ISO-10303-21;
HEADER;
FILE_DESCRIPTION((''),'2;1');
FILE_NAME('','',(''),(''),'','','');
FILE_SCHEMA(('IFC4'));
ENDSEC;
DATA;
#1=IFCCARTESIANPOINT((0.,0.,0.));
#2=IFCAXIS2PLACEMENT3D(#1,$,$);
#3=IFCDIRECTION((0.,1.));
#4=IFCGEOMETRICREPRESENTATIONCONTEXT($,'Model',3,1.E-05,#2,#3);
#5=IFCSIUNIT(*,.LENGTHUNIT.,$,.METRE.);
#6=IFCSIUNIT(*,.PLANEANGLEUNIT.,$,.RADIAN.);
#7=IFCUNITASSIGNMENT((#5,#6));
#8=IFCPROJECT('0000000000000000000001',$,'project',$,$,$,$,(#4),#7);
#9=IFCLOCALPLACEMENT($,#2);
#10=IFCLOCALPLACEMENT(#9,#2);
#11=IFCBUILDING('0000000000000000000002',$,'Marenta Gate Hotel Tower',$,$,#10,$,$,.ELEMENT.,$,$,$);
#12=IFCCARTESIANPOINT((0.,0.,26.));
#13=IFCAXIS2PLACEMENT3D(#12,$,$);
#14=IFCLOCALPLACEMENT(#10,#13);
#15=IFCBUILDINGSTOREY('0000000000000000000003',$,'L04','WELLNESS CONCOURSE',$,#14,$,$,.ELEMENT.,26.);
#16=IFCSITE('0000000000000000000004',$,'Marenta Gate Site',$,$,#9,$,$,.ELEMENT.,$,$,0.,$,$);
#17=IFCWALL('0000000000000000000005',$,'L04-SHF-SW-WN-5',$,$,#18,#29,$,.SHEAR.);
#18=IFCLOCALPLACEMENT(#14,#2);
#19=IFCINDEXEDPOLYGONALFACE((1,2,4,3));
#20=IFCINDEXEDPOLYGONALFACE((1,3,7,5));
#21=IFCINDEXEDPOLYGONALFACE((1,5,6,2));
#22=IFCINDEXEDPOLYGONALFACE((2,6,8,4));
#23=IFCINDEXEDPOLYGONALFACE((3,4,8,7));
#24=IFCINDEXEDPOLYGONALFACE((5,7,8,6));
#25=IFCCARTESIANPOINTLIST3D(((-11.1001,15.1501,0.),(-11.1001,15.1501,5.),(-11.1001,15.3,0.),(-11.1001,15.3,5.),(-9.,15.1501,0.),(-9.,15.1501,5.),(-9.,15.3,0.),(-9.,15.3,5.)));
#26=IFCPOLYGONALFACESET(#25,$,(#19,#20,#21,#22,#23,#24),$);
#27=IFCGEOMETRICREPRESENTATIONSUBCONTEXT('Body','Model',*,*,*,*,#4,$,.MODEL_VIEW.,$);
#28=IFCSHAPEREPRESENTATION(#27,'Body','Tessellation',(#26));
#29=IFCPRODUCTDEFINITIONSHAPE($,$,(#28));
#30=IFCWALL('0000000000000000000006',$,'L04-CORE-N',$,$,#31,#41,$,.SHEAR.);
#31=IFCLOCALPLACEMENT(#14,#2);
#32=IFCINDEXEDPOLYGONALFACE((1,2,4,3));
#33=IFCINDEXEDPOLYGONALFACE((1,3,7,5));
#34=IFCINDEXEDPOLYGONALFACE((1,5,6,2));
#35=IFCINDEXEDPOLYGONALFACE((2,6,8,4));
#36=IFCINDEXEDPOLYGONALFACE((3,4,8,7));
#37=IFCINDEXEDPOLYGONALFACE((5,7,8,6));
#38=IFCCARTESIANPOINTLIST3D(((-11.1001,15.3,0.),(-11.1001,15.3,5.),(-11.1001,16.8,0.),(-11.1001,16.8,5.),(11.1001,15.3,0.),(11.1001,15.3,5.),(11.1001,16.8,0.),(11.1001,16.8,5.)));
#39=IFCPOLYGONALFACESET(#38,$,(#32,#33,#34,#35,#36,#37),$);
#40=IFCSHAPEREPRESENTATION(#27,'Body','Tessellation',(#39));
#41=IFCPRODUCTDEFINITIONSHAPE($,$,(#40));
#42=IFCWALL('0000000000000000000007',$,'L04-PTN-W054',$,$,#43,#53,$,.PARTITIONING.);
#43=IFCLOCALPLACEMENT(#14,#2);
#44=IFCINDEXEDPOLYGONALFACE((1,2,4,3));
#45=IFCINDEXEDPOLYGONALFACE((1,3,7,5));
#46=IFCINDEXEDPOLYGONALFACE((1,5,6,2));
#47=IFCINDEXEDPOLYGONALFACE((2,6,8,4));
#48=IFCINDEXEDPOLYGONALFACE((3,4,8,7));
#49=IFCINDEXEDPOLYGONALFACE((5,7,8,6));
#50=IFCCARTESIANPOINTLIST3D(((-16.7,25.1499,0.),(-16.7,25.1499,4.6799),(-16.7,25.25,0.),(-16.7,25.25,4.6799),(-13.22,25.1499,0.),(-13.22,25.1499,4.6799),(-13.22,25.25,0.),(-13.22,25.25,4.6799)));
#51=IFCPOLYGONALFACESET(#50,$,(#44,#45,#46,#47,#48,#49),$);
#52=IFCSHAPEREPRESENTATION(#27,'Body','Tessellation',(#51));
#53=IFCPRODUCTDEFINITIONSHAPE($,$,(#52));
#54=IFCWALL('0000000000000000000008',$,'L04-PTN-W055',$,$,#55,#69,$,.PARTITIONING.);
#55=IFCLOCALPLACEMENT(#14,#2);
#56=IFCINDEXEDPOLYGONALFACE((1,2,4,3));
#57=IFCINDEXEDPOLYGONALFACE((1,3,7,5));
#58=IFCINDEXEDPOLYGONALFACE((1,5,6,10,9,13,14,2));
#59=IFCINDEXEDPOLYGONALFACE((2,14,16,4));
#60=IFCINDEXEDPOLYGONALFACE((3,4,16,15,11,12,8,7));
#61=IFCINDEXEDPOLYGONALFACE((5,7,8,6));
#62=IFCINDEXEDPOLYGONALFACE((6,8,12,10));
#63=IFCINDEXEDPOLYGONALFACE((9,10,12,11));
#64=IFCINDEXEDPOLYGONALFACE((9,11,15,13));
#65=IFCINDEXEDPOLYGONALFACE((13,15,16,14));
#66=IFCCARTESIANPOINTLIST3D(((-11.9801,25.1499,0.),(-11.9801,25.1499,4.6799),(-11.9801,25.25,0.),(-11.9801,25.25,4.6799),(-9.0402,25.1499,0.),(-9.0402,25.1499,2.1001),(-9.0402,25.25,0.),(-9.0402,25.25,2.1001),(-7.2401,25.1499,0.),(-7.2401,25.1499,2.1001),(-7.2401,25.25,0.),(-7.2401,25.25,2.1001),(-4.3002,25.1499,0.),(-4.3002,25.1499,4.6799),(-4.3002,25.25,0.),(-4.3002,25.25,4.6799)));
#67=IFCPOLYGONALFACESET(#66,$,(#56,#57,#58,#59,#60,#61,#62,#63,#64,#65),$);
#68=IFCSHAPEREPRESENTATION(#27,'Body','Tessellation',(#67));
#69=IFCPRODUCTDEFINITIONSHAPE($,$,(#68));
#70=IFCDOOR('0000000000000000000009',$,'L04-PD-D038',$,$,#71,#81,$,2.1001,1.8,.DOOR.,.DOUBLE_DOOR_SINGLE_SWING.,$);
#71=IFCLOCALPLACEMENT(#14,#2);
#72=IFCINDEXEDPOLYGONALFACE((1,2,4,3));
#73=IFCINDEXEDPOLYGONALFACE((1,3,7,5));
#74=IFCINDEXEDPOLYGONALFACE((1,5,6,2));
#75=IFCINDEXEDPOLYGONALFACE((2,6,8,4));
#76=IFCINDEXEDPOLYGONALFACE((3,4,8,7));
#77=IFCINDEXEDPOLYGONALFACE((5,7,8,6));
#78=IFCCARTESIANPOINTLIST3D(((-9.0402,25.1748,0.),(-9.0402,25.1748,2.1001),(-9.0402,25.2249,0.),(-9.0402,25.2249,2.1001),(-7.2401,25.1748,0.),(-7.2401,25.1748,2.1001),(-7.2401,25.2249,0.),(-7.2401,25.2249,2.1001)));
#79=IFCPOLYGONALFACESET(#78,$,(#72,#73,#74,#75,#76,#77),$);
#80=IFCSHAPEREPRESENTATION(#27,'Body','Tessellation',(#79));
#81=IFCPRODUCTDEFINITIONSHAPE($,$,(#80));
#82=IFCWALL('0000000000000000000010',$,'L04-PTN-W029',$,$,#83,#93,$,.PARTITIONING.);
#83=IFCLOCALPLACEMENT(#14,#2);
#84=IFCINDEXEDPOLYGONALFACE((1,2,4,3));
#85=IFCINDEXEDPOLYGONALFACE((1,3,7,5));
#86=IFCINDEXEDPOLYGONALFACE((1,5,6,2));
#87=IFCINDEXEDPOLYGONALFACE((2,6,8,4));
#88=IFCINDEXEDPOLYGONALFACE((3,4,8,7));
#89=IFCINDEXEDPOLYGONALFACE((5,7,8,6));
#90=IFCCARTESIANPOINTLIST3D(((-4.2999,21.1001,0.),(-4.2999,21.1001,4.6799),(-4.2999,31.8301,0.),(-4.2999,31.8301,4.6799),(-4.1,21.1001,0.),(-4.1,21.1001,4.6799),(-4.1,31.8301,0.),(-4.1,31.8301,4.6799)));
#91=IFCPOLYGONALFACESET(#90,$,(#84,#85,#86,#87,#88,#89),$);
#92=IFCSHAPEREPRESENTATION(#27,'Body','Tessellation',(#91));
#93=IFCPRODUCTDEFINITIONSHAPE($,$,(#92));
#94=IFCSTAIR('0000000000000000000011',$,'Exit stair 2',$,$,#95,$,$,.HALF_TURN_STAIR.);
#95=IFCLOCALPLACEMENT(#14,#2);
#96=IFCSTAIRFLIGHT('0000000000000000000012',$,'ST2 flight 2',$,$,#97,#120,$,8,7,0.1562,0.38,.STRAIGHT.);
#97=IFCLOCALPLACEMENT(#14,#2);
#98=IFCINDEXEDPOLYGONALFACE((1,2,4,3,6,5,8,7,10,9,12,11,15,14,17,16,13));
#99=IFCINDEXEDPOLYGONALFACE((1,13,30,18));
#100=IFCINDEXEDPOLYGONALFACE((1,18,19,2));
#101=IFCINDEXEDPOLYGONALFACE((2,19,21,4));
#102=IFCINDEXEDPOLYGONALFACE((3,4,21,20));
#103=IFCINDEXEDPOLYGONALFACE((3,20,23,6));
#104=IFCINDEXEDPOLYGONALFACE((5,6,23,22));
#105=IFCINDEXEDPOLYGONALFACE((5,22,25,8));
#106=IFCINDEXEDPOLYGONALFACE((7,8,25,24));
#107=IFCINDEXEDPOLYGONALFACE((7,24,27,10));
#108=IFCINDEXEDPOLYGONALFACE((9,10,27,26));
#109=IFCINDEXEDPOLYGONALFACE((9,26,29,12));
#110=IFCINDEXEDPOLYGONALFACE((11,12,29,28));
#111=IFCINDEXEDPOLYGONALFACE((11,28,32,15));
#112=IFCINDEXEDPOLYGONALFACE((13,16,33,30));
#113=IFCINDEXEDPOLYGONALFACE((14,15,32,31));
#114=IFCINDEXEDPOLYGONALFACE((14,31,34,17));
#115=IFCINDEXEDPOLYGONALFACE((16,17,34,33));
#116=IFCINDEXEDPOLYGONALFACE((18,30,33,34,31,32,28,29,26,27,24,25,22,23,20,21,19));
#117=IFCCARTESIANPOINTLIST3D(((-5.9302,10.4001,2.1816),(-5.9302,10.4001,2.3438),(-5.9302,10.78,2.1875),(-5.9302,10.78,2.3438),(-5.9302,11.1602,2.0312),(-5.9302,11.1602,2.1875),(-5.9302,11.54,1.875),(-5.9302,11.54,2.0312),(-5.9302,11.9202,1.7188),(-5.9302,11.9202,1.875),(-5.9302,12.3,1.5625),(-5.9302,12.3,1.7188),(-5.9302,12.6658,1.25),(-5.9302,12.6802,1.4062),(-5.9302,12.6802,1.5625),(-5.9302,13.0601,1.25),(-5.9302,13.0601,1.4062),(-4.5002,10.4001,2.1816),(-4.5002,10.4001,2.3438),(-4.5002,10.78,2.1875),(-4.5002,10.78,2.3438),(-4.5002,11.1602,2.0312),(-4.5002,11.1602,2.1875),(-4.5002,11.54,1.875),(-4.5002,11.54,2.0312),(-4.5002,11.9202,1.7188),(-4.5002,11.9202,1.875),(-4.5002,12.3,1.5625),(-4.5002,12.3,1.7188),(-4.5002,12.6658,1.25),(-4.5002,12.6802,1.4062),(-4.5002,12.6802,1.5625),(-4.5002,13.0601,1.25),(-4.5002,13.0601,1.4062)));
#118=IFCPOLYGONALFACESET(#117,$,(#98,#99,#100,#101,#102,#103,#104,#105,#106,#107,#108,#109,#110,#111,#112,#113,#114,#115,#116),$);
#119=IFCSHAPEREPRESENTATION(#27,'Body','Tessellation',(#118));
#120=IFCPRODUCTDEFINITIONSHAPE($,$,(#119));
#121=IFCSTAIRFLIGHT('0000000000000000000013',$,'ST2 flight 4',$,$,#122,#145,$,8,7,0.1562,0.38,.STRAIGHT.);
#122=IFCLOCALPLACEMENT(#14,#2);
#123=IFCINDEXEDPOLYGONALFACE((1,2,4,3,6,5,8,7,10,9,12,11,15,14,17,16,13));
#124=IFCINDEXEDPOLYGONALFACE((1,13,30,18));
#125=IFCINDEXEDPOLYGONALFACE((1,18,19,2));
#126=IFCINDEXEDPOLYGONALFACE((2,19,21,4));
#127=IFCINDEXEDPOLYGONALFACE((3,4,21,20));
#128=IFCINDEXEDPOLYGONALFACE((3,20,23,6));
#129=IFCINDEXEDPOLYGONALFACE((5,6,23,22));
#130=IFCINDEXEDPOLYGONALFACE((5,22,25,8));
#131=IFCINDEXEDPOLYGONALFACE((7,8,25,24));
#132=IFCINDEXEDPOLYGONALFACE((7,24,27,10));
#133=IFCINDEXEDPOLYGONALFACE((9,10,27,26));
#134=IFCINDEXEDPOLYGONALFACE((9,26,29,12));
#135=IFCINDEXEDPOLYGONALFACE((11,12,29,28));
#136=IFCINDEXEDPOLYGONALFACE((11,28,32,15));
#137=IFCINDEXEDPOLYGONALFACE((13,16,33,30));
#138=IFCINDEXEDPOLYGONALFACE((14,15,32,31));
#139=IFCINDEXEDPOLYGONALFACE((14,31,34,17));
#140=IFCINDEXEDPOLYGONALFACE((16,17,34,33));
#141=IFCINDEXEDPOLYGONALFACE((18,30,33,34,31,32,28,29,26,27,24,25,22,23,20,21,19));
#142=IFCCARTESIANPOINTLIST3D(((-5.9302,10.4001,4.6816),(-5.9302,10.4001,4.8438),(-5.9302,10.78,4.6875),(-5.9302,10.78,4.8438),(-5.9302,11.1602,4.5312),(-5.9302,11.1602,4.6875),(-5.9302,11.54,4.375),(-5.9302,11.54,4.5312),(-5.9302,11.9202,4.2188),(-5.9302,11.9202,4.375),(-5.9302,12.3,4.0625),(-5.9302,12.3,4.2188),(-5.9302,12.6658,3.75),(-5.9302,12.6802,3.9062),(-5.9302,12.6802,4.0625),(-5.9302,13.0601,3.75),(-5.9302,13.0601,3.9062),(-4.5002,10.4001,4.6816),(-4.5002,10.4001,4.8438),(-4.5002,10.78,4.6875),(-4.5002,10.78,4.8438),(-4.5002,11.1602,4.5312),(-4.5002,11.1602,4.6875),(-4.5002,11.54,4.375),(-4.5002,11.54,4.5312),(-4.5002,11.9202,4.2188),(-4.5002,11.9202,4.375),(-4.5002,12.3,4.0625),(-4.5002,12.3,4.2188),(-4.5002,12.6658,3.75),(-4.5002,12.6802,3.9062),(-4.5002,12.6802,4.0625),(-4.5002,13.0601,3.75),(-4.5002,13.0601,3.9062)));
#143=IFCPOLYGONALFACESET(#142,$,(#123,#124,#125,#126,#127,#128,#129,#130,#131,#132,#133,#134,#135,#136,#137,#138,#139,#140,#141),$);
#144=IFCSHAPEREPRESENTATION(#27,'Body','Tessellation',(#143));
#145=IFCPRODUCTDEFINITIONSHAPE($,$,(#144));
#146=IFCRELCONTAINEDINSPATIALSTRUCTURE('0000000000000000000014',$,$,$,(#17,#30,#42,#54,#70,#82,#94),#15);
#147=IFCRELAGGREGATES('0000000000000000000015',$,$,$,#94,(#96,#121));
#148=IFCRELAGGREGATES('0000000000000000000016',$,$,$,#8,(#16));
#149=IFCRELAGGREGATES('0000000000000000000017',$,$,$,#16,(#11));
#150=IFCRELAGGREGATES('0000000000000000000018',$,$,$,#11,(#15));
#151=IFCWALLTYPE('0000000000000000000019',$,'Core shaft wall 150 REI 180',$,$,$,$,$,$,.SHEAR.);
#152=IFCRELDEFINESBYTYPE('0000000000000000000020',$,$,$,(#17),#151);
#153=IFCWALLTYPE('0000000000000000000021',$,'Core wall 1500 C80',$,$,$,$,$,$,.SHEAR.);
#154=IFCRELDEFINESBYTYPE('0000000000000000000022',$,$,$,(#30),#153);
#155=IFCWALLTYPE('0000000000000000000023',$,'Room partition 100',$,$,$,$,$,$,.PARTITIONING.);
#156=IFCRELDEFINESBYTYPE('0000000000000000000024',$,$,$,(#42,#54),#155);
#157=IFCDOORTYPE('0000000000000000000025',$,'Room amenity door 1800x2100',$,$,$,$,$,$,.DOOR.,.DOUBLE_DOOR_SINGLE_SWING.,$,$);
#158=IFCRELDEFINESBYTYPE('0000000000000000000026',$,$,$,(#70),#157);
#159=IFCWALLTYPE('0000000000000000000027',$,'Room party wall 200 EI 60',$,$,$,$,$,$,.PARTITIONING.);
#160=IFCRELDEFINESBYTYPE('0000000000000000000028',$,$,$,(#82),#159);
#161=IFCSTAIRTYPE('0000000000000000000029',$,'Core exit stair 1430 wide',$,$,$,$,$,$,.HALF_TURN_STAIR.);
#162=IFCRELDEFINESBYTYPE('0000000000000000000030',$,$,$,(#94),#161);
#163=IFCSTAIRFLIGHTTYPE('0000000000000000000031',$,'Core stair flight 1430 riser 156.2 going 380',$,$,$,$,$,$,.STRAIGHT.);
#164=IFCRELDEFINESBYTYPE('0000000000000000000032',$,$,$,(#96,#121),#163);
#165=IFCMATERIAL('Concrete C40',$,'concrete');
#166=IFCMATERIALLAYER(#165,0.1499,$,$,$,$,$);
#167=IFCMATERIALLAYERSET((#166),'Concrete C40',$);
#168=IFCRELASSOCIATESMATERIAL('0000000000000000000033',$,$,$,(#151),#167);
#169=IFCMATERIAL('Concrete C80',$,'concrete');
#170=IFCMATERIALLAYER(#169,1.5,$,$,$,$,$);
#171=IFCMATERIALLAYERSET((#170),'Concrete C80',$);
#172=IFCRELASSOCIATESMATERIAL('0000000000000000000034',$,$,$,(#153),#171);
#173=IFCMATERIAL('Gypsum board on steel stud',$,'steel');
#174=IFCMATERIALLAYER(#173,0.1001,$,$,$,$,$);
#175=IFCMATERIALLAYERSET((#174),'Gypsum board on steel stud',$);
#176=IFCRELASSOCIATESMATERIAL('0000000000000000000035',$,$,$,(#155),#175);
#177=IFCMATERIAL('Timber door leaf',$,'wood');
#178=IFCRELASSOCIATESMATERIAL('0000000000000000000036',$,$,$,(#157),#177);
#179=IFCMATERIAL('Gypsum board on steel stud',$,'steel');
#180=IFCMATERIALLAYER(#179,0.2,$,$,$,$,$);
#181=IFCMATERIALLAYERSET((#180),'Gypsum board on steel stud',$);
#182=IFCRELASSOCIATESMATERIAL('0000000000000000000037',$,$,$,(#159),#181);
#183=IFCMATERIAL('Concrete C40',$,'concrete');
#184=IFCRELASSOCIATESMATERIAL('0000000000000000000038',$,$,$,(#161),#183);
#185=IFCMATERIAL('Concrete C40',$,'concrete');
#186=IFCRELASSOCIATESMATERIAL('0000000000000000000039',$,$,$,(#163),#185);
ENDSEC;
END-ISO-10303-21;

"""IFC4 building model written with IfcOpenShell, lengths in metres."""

from ifc_helpers import new_model, si_unit, direction, frame, frame_2d, origin, place, context, subcontext, project, spatial, polyline, rectangle, outline, extrude, material, layer, layer_set, type_object, element, fill, aggregate, save


model = new_model("IFC4")

# Units and contexts
model_context = context("Model", 3, precision=1e-05, world=origin(), true_north=direction((0.0, 1.0)))
body_context = subcontext(model_context, "Body", "Model", "MODEL_VIEW")
ifc_project = project(units=[si_unit("LENGTHUNIT", "METRE"), si_unit("PLANEANGLEUNIT", "RADIAN")], contexts=[model_context])

# Site, building, storey
site_placement = place(None, origin())
site = spatial("IfcSite", under=ifc_project, at=site_placement, Name="Marenta Gate Site", CompositionType="ELEMENT", RefElevation=0.0)
building_placement = place(site_placement, origin())
building = spatial("IfcBuilding", under=site, at=building_placement, Name="Marenta Gate Hotel Tower", CompositionType="ELEMENT")
storey_placement = place(building_placement, frame((0.0, 0.0, 26.0)))
storey = spatial("IfcBuildingStorey", under=building, at=storey_placement, Name="L04", Description="WELLNESS CONCOURSE", CompositionType="ELEMENT", Elevation=26.0)

# Walls
ifc_material_1 = material(Name="Concrete C40", Category="concrete")
ifc_layer_1 = layer(ifc_material_1, 0.1499)
ifc_layer_set_1 = layer_set([ifc_layer_1], Name="Concrete C40")
wall_type_1 = type_object("IfcWallType", Name="Core shaft wall 150 REI 180", PredefinedType="SHEAR", material=ifc_layer_set_1)
wall_1_placement = place(storey_placement, frame((-11.1001, 15.2251, 0.0), z_axis=(0.0, 0.0, 1.0), x_axis=(1.0, 0.0, 0.0)))
element("IfcWall", 1, at=wall_1_placement, inside=storey, type_object=wall_type_1, Name="L04-SHF-SW-WN-5", PredefinedType="SHEAR", context=body_context, shape_type="SweptSolid", body=[
    extrude(rectangle(XDim=2.1001, YDim=0.1499, at=frame_2d((1.05, 0.0))), origin(), (0.0, 0.0, 1.0), 5.0),
])
ifc_material_2 = material(Name="Concrete C80", Category="concrete")
ifc_layer_2 = layer(ifc_material_2, 1.5)
ifc_layer_set_2 = layer_set([ifc_layer_2], Name="Concrete C80")
wall_type_2 = type_object("IfcWallType", Name="Core wall 1500 C80", PredefinedType="SHEAR", material=ifc_layer_set_2)
wall_2_placement = place(storey_placement, frame((-11.1001, 16.05, 0.0), z_axis=(0.0, 0.0, 1.0), x_axis=(1.0, 0.0, 0.0)))
element("IfcWall", 2, at=wall_2_placement, inside=storey, type_object=wall_type_2, Name="L04-CORE-N", PredefinedType="SHEAR", context=body_context, shape_type="SweptSolid", body=[
    extrude(rectangle(XDim=22.2002, YDim=1.5, at=frame_2d((11.1001, 0.0))), origin(), (0.0, 0.0, 1.0), 5.0),
])

# Wall
ifc_material_3 = material(Name="Gypsum board on steel stud", Category="steel")
ifc_layer_3 = layer(ifc_material_3, 0.1001)
ifc_layer_set_3 = layer_set([ifc_layer_3], Name="Gypsum board on steel stud")
wall_type_3 = type_object("IfcWallType", Name="Room partition 100", PredefinedType="PARTITIONING", material=ifc_layer_set_3)
wall_3_placement = place(storey_placement, frame((-16.7, 25.2, 0.0), z_axis=(0.0, 0.0, 1.0), x_axis=(1.0, 0.0, 0.0)))
element("IfcWall", 3, at=wall_3_placement, inside=storey, type_object=wall_type_3, Name="L04-PTN-W054", PredefinedType="PARTITIONING", context=body_context, shape_type="SweptSolid", body=[
    extrude(rectangle(XDim=3.48, YDim=0.1001, at=frame_2d((1.74, 0.0))), origin(), (0.0, 0.0, 1.0), 4.6799),
])

# Wall, opening, door
wall_4_placement = place(storey_placement, frame((-11.98, 25.2, 0.0), z_axis=(0.0, 0.0, 1.0), x_axis=(1.0, 0.0, 0.0)))
wall_4 = element("IfcWall", 4, at=wall_4_placement, inside=storey, type_object=wall_type_3, Name="L04-PTN-W055", PredefinedType="PARTITIONING", context=body_context, shape_type="SweptSolid", body=[
    extrude(rectangle(XDim=7.6799, YDim=0.1001, at=frame_2d((3.8398, 0.0))), origin(), (0.0, 0.0, 1.0), 4.6799),
])
opening_1_placement = place(wall_4_placement, frame((2.9399, 0.0, 0.0)))
opening_1 = element("IfcOpeningElement", 5, at=opening_1_placement, cuts=wall_4, PredefinedType="OPENING", context=body_context, shape_type="SweptSolid", body=[
    extrude(rectangle(XDim=1.8, YDim=2.1001, at=frame_2d((0.8999, 1.05))), frame((0.0, 0.05, 0.0), z_axis=(0.0, -1.0, 0.0), x_axis=(1.0, 0.0, 0.0)), (0.0, 0.0, 1.0), 0.1001),
])
ifc_material_4 = material(Name="Timber door leaf", Category="wood")
door_type_1 = type_object("IfcDoorType", Name="Room amenity door 1800x2100", OperationType="DOUBLE_DOOR_SINGLE_SWING", PredefinedType="DOOR", material=ifc_material_4)
door_1_placement = place(opening_1_placement, origin())
door_1 = element("IfcDoor", 6, at=door_1_placement, inside=storey, type_object=door_type_1, Name="L04-PD-D038", OperationType="DOUBLE_DOOR_SINGLE_SWING", OverallHeight=2.1001, OverallWidth=1.8, PredefinedType="DOOR", context=body_context, shape_type="SweptSolid", body=[
    extrude(rectangle(XDim=1.8, YDim=2.1001, at=frame_2d((0.8999, 1.05))), frame((0.0, 0.0249, 0.0), z_axis=(0.0, -1.0, 0.0), x_axis=(1.0, 0.0, 0.0)), (0.0, 0.0, 1.0), 0.05),
])
fill(opening_1, door_1)

# Wall
ifc_material_5 = material(Name="Gypsum board on steel stud", Category="steel")
ifc_layer_4 = layer(ifc_material_5, 0.2)
ifc_layer_set_4 = layer_set([ifc_layer_4], Name="Gypsum board on steel stud")
wall_type_4 = type_object("IfcWallType", Name="Room party wall 200 EI 60", PredefinedType="PARTITIONING", material=ifc_layer_set_4)
wall_5_placement = place(storey_placement, frame((-4.2, 21.1001, 0.0), z_axis=(0.0, 0.0, 1.0), x_axis=(0.0, 1.0, 0.0)))
element("IfcWall", 7, at=wall_5_placement, inside=storey, type_object=wall_type_4, Name="L04-PTN-W029", PredefinedType="PARTITIONING", context=body_context, shape_type="SweptSolid", body=[
    extrude(rectangle(XDim=10.73, YDim=0.2, at=frame_2d((5.365, 0.0))), origin(), (0.0, 0.0, 1.0), 4.6799),
])

# Stair, stair flights
ifc_material_6 = material(Name="Concrete C40", Category="concrete")
stair_type = type_object("IfcStairType", Name="Core exit stair 1430 wide", PredefinedType="HALF_TURN_STAIR", material=ifc_material_6)
stair_placement = place(storey_placement, origin())
stair = element("IfcStair", 8, at=stair_placement, inside=storey, type_object=stair_type, Name="Exit stair 2", PredefinedType="HALF_TURN_STAIR")
ifc_material_7 = material(Name="Concrete C40", Category="concrete")
stair_flight_type = type_object("IfcStairFlightType", Name="Core stair flight 1430 riser 156.2 going 380", PredefinedType="STRAIGHT", material=ifc_material_7)
stair_flight_1_placement = place(storey_placement, frame((-5.2151, 13.0601, 1.25), z_axis=(0.0, 0.0, 1.0), x_axis=(0.0, -1.0, 0.0)))
stair_flight_1 = element("IfcStairFlight", 9, at=stair_flight_1_placement, type_object=stair_flight_type, Name="ST2 flight 2", NumberOfRisers=8, NumberOfTreads=7, PredefinedType="STRAIGHT", RiserHeight=0.1562, TreadLength=0.38, context=body_context, shape_type="SweptSolid", body=[
    extrude(outline(polyline([(0.0, 0.0), (0.0, 0.1562), (0.3799, 0.1562), (0.3799, 0.3125), (0.76, 0.3125), (0.76, 0.4688), (1.1399, 0.4688), (1.1399, 0.625), (1.52, 0.625), (1.52, 0.7812), (1.8999, 0.7812), (1.8999, 0.9375), (2.28, 0.9375), (2.28, 1.0938), (2.6599, 1.0938), (2.6599, 1.25), (2.6599, 0.9316), (0.3943, 0.0), (0.0, 0.0)])), frame((0.0, 0.7148, 0.0), z_axis=(0.0, -1.0, 0.0), x_axis=(1.0, 0.0, 0.0)), (0.0, 0.0, 1.0), 1.4299),
])
stair_flight_2_placement = place(storey_placement, frame((-5.2151, 13.0601, 3.75), z_axis=(0.0, 0.0, 1.0), x_axis=(0.0, -1.0, 0.0)))
stair_flight_2 = element("IfcStairFlight", 10, at=stair_flight_2_placement, type_object=stair_flight_type, Name="ST2 flight 4", NumberOfRisers=8, NumberOfTreads=7, PredefinedType="STRAIGHT", RiserHeight=0.1562, TreadLength=0.38, context=body_context, shape_type="SweptSolid", body=[
    extrude(outline(polyline([(0.0, 0.0), (0.0, 0.1562), (0.3799, 0.1562), (0.3799, 0.3125), (0.76, 0.3125), (0.76, 0.4688), (1.1399, 0.4688), (1.1399, 0.625), (1.52, 0.625), (1.52, 0.7812), (1.8999, 0.7812), (1.8999, 0.9375), (2.28, 0.9375), (2.28, 1.0938), (2.6599, 1.0938), (2.6599, 1.25), (2.6599, 0.9316), (0.3943, 0.0), (0.0, 0.0)])), frame((0.0, 0.7148, 0.0), z_axis=(0.0, -1.0, 0.0), x_axis=(1.0, 0.0, 0.0)), (0.0, 0.0, 1.0), 1.4299),
])
aggregate(stair, [stair_flight_1, stair_flight_2])

save(model, "model.ifc")
